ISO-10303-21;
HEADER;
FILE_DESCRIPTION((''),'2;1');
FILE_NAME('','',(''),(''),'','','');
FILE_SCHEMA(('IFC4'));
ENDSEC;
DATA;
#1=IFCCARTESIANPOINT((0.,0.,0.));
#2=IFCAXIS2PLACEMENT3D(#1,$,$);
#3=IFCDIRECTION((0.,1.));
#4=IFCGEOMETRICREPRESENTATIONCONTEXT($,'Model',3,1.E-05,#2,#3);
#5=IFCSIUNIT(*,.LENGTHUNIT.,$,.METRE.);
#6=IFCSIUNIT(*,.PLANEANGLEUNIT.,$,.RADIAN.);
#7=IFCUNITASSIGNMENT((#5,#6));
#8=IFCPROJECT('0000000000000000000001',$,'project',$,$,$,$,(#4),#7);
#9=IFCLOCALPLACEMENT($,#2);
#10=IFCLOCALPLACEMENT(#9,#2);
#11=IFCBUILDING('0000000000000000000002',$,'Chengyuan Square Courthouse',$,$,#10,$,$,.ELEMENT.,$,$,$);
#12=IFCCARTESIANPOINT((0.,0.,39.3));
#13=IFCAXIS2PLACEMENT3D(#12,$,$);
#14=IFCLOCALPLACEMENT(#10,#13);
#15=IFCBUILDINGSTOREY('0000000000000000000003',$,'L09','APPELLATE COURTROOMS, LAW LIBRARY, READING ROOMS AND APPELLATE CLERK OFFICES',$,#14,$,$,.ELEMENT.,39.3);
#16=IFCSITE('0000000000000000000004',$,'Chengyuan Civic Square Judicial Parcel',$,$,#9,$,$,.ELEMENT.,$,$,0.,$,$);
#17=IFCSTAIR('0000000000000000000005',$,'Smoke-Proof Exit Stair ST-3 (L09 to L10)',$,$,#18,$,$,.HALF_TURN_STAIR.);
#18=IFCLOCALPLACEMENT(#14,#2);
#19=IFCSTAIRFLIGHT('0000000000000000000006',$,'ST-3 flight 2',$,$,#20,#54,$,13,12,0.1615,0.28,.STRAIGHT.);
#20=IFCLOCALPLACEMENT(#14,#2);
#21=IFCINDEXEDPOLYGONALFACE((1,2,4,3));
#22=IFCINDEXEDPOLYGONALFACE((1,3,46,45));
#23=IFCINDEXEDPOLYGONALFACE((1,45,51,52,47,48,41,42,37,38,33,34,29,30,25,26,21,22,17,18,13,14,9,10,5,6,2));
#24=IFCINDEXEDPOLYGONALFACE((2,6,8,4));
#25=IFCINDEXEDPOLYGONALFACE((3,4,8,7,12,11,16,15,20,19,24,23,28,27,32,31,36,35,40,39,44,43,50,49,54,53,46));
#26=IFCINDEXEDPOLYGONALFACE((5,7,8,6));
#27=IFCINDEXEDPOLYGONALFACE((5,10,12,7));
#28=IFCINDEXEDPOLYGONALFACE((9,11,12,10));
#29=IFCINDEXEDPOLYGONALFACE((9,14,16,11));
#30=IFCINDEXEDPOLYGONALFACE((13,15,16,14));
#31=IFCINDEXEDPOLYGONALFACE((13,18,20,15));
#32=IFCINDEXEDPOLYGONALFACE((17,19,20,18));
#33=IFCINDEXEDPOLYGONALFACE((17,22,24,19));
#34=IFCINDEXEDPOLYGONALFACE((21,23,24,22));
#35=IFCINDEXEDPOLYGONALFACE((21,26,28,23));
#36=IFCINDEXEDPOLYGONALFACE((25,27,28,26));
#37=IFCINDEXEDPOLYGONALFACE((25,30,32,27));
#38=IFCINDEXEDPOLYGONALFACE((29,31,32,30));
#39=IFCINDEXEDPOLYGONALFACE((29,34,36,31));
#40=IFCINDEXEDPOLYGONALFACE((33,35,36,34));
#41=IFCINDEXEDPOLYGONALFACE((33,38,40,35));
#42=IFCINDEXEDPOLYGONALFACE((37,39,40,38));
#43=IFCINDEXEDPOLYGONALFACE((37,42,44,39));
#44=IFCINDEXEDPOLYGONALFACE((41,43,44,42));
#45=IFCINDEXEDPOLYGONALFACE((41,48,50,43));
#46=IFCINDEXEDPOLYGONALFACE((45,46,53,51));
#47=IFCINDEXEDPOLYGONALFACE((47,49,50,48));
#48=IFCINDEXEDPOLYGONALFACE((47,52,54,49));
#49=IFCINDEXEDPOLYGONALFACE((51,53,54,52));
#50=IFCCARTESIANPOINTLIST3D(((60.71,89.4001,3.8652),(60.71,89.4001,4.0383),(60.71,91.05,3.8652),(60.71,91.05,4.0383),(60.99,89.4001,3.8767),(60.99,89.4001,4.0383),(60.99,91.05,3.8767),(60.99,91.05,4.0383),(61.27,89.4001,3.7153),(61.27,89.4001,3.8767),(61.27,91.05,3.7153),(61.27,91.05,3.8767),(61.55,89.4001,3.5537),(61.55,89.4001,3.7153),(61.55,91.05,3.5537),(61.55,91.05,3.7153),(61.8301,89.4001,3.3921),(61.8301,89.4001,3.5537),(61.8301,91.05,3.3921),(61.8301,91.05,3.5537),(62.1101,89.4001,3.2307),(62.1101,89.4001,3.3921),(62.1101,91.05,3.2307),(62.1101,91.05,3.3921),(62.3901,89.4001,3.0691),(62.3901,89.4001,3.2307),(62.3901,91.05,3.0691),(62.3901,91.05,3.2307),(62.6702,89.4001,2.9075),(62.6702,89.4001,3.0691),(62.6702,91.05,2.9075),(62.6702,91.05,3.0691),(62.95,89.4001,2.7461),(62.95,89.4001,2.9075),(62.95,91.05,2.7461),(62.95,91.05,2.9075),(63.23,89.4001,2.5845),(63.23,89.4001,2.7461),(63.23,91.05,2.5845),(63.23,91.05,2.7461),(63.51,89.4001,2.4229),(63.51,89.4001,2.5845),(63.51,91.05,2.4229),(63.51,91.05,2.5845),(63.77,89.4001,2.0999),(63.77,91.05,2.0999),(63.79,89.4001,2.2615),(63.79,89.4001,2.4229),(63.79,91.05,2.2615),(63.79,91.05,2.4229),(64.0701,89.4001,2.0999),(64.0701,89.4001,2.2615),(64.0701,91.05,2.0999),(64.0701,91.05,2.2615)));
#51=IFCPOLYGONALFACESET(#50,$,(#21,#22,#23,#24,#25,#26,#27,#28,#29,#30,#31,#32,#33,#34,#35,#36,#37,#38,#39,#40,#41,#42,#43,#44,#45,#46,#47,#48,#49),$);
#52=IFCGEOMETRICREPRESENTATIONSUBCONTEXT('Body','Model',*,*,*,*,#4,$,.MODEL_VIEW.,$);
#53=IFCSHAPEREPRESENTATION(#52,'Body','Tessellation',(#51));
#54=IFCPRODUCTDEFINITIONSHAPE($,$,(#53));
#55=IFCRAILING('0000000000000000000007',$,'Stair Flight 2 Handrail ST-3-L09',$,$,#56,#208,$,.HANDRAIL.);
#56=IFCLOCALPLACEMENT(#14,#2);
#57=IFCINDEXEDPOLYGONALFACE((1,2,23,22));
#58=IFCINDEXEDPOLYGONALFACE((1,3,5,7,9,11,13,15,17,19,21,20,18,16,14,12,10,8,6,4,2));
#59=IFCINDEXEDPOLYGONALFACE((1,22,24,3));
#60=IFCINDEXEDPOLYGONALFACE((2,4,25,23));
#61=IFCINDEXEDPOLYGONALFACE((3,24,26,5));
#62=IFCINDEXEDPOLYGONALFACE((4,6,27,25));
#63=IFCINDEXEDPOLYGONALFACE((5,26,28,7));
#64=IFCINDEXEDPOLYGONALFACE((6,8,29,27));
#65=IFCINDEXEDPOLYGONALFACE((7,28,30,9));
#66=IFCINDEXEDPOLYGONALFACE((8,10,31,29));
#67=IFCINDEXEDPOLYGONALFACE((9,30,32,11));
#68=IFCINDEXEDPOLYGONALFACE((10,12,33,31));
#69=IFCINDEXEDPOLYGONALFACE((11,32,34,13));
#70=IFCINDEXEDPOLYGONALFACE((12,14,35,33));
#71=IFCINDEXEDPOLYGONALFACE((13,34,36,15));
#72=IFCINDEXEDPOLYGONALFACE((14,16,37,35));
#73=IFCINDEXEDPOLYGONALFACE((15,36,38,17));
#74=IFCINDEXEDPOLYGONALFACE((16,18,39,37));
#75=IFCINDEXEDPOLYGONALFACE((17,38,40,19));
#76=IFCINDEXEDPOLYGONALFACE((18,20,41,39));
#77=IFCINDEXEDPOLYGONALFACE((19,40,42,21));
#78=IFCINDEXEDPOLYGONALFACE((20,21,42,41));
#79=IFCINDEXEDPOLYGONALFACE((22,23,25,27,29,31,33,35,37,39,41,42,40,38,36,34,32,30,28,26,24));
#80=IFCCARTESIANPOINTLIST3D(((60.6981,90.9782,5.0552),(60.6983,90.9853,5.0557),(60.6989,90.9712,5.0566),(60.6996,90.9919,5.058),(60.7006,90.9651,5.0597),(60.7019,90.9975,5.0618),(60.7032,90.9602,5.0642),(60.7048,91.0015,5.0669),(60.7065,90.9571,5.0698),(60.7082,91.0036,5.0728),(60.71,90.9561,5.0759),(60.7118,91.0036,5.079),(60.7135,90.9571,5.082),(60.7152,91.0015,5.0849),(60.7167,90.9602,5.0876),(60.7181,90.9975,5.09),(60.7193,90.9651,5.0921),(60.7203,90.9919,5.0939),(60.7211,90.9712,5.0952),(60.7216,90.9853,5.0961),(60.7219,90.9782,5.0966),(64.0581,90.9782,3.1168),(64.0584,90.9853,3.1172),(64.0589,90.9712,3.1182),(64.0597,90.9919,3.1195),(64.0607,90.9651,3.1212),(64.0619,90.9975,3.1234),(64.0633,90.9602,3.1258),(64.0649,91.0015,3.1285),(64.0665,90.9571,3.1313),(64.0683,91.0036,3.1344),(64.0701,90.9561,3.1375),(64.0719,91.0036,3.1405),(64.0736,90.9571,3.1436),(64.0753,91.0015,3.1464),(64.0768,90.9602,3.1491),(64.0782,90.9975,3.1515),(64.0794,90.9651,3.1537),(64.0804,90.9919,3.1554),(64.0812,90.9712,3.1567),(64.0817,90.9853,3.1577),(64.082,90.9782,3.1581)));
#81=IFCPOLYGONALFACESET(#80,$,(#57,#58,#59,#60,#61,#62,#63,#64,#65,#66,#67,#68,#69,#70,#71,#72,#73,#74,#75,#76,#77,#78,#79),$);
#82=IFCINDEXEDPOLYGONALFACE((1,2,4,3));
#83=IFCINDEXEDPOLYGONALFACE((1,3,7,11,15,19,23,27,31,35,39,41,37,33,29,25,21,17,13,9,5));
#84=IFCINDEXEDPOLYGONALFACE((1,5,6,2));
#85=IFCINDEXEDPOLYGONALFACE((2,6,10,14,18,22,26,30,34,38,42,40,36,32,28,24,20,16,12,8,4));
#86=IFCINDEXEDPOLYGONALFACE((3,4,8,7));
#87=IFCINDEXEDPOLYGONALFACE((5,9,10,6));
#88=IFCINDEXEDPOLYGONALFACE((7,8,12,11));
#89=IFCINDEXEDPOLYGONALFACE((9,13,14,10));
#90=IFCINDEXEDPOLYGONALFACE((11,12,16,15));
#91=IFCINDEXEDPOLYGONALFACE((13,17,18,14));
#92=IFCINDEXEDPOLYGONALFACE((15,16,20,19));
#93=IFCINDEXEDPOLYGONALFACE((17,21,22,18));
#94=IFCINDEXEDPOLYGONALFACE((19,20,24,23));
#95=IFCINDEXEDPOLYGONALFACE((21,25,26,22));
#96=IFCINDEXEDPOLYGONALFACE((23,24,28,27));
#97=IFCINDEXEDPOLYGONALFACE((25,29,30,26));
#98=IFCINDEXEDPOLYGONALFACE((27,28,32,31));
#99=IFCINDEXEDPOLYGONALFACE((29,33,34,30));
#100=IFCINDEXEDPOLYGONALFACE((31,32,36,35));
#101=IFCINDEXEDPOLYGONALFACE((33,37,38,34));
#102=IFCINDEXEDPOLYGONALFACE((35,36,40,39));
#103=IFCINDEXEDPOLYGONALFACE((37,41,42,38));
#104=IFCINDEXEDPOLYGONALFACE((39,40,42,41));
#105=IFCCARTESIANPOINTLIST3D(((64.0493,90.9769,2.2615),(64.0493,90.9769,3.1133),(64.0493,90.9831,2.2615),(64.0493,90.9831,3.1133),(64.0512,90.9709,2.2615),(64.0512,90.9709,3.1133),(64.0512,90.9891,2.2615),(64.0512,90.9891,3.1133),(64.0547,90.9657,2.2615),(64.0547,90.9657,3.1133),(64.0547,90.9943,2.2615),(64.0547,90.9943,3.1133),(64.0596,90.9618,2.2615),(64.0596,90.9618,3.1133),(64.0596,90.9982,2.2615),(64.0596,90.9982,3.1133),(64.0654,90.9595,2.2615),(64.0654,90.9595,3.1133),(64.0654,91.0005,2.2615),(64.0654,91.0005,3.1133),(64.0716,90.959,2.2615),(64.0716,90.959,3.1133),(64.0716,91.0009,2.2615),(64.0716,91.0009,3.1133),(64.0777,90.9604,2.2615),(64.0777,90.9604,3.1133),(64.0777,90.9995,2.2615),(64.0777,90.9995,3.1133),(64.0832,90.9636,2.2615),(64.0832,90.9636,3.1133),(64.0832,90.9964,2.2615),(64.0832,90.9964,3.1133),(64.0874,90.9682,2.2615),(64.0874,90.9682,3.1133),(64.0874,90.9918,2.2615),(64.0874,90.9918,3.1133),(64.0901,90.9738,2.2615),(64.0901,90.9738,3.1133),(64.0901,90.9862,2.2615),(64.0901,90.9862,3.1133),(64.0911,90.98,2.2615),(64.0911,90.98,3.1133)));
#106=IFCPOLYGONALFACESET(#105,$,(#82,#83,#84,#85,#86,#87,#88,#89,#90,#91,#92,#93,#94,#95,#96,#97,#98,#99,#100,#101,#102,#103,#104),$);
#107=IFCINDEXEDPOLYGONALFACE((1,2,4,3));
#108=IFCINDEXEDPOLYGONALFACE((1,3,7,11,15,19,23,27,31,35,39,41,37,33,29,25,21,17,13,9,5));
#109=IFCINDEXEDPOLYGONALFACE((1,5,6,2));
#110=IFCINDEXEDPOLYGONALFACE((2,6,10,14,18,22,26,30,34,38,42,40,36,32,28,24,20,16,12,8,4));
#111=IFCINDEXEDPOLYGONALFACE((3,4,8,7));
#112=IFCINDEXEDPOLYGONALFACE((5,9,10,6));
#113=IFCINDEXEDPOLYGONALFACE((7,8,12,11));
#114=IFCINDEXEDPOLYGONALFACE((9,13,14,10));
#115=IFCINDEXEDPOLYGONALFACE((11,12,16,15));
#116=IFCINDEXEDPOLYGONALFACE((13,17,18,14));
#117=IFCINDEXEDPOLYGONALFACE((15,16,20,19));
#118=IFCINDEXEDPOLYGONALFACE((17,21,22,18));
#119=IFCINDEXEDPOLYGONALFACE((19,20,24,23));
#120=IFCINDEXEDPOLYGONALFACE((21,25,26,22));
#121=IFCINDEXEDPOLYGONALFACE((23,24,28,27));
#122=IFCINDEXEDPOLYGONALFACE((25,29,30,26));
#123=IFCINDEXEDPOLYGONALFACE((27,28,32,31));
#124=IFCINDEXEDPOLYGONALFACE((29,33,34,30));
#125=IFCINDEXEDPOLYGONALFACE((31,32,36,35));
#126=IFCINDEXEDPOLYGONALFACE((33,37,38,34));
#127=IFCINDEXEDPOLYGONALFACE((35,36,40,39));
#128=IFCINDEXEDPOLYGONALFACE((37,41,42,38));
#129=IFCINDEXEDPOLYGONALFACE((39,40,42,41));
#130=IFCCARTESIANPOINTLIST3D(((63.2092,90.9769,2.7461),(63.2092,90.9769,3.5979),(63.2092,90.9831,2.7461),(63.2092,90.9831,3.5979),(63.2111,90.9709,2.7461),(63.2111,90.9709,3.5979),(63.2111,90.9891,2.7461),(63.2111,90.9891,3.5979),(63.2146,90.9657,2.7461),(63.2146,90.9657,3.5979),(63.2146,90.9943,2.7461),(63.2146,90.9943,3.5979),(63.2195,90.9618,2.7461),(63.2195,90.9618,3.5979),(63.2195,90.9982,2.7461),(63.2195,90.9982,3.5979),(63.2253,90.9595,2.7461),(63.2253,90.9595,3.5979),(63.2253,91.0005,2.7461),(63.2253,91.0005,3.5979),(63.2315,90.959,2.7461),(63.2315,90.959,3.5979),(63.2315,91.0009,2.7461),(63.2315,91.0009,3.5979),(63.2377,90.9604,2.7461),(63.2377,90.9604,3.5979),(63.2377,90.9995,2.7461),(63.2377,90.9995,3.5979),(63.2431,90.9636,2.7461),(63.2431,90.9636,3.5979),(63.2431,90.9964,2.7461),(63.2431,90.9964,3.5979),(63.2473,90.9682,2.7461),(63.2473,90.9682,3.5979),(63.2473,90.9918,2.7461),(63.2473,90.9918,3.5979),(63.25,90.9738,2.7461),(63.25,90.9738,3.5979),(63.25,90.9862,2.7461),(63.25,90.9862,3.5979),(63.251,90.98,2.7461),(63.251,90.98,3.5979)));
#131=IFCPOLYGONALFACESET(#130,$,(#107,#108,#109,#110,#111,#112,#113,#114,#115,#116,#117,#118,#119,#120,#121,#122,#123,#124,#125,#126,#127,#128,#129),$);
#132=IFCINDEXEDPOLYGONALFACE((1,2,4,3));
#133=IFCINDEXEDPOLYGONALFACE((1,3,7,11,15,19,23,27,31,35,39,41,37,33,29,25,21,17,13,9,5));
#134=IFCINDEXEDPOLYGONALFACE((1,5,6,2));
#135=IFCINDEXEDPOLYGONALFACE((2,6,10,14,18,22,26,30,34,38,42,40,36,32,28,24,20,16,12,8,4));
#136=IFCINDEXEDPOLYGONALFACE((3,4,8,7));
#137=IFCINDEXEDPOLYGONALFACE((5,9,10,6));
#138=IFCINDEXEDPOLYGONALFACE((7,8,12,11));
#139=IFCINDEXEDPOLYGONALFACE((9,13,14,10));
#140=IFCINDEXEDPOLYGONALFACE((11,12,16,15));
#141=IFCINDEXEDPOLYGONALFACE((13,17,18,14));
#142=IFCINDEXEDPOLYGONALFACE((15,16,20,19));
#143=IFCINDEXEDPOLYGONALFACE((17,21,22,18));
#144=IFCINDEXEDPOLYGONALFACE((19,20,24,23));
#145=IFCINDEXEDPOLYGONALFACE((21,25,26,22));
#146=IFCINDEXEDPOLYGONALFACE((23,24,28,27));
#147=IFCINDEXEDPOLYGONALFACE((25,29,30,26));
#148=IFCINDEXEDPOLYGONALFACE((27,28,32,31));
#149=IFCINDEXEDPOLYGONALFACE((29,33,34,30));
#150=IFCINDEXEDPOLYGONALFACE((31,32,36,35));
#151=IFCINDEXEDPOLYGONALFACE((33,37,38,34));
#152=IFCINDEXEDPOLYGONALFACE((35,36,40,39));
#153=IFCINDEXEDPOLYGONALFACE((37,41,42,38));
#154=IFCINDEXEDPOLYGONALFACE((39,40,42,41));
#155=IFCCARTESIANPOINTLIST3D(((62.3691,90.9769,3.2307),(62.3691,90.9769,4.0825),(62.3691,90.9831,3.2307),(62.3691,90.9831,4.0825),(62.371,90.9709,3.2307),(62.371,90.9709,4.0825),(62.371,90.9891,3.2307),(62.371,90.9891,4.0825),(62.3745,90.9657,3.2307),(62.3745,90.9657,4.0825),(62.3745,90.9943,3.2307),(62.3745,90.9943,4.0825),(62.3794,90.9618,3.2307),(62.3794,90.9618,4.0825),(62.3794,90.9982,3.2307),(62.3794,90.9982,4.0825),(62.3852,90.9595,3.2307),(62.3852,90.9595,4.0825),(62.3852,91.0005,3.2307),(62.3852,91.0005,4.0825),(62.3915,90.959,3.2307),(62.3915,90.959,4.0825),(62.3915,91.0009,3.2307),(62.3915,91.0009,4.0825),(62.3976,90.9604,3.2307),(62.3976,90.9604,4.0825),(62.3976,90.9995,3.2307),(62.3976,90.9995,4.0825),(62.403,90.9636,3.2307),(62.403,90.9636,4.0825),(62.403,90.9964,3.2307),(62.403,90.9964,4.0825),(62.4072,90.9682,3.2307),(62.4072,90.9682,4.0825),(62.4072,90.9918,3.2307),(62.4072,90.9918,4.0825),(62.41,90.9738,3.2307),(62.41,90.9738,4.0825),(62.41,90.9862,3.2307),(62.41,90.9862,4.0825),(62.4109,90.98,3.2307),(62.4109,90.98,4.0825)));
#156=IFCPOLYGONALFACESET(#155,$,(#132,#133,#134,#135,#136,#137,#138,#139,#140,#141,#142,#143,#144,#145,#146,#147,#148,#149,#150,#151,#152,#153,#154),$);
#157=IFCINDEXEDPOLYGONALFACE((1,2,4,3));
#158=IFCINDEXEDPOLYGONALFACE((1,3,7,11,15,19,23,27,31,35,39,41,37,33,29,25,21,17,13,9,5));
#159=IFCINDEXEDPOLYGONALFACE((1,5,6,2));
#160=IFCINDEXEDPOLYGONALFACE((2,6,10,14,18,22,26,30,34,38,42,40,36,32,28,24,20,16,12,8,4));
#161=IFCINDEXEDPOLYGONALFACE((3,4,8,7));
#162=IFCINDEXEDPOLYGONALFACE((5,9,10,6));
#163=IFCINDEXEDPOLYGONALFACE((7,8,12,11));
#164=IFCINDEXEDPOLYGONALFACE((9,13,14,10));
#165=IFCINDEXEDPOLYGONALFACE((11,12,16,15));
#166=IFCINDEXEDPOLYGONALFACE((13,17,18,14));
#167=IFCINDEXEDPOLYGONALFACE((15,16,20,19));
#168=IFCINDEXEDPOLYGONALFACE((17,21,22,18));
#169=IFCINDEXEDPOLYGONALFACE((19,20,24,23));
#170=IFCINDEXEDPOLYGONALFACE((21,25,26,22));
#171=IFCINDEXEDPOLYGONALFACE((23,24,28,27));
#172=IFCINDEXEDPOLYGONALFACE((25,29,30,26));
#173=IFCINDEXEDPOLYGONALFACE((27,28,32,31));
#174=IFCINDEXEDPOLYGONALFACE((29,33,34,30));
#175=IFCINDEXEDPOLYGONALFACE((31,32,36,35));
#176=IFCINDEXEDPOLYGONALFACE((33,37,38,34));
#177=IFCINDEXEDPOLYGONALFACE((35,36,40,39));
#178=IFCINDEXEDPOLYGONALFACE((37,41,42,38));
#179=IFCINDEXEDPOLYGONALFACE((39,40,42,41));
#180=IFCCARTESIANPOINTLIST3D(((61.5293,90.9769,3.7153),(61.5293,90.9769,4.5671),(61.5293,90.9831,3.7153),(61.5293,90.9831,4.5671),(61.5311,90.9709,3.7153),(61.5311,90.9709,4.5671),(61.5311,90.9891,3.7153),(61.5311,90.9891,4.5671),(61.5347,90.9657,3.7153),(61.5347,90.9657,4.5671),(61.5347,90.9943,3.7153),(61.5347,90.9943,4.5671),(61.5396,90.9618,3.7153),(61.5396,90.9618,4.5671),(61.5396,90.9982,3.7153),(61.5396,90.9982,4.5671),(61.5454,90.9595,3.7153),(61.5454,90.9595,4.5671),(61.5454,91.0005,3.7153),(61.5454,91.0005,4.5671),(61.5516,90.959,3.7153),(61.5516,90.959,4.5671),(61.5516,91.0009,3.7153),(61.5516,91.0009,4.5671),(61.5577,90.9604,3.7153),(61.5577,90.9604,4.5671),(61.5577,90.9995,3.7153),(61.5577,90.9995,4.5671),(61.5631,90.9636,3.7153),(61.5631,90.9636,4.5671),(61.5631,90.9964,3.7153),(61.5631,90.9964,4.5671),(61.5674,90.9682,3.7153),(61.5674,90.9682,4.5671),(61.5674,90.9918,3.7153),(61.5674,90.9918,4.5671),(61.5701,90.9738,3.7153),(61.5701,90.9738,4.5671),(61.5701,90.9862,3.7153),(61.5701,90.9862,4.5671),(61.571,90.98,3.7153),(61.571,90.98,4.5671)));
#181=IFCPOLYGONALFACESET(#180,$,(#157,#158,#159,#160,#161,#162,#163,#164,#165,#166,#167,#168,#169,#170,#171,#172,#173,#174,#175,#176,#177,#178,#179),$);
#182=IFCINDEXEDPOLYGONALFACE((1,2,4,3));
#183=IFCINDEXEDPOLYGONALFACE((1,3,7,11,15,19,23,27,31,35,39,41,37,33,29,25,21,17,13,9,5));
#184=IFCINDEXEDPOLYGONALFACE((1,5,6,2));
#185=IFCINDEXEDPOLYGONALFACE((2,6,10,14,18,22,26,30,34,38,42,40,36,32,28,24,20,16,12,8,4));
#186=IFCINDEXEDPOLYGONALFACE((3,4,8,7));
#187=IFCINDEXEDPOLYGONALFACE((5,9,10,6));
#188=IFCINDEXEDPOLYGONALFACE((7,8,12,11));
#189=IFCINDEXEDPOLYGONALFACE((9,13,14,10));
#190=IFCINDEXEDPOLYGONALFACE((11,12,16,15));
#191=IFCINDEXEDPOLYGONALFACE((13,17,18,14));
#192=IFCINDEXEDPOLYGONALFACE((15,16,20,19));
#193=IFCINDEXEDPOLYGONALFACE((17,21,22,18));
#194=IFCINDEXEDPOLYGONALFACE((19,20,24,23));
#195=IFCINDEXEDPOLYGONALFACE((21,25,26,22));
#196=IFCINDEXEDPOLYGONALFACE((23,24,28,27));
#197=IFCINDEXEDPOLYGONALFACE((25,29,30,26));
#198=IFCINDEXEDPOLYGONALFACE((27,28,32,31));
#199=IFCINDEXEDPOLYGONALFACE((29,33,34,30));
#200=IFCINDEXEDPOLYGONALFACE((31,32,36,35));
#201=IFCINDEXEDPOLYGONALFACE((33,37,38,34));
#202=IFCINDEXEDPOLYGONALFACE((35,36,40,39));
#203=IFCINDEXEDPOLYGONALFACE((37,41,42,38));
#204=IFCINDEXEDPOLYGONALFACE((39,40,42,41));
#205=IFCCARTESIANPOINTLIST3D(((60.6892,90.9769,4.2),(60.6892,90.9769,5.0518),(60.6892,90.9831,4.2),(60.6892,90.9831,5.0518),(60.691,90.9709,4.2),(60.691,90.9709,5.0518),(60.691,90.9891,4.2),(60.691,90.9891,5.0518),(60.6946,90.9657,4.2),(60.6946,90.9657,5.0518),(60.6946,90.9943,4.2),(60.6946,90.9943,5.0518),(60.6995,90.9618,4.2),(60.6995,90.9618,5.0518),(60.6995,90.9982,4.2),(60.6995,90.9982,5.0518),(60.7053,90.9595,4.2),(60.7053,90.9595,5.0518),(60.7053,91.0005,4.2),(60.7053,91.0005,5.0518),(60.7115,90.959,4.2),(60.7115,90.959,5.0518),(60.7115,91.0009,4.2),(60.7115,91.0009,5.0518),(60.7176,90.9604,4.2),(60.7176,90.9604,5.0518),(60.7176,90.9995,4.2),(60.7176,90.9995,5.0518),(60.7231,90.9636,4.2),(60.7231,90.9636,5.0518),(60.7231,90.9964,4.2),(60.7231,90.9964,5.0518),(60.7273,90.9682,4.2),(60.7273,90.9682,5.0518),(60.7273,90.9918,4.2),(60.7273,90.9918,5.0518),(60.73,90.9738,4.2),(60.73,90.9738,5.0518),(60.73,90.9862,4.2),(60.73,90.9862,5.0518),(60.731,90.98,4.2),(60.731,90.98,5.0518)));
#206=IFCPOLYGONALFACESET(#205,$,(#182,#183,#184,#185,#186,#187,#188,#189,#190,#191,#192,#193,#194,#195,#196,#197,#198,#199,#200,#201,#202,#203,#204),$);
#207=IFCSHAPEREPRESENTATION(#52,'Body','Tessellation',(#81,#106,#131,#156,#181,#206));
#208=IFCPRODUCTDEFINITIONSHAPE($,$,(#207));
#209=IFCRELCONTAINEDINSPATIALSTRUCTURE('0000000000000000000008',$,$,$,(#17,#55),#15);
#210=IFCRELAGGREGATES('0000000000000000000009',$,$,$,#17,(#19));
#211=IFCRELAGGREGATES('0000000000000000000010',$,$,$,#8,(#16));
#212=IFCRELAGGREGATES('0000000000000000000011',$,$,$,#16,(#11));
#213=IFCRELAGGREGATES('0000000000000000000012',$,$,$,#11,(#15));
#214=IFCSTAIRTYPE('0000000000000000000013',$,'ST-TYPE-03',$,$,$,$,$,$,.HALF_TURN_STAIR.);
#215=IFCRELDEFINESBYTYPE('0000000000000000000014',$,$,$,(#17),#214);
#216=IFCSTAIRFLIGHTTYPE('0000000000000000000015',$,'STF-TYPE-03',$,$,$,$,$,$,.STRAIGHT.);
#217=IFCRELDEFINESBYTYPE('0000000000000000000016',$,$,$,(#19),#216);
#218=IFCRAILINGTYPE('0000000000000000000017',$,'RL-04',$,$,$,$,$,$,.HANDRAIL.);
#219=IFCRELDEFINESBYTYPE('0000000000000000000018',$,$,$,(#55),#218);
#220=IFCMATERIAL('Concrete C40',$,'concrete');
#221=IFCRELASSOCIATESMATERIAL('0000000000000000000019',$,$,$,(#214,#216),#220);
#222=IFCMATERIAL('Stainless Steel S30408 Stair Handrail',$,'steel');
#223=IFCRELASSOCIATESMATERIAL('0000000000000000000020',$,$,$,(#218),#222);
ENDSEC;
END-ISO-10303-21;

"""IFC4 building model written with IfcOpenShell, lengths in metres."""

from ifc_helpers import new_model, si_unit, direction, frame, origin, origin_2d, place, context, subcontext, project, spatial, polyline, circle, outline, extrude, material, type_object, element, aggregate, save


model = new_model("IFC4")

# Units and contexts
model_context = context("Model", 3, precision=1e-05, world=origin(), true_north=direction((0.0, 1.0)))
body_context = subcontext(model_context, "Body", "Model", "MODEL_VIEW")
ifc_project = project(units=[si_unit("LENGTHUNIT", "METRE"), si_unit("PLANEANGLEUNIT", "RADIAN")], contexts=[model_context])

# Site, building, storey
site_placement = place(None, origin())
site = spatial("IfcSite", under=ifc_project, at=site_placement, Name="Chengyuan Civic Square Judicial Parcel", CompositionType="ELEMENT", RefElevation=0.0)
building_placement = place(site_placement, origin())
building = spatial("IfcBuilding", under=site, at=building_placement, Name="Chengyuan Square Courthouse", CompositionType="ELEMENT")
storey_placement = place(building_placement, frame((0.0, 0.0, 39.3)))
storey = spatial("IfcBuildingStorey", under=building, at=storey_placement, Name="L09", Description="APPELLATE COURTROOMS, LAW LIBRARY, READING ROOMS AND APPELLATE CLERK OFFICES", CompositionType="ELEMENT", Elevation=39.3)

# Shared definitions
ifc_material_1 = material(Name="Concrete C40", Category="concrete")

# Stair, stair flight
stair_type = type_object("IfcStairType", Name="ST-TYPE-03", PredefinedType="HALF_TURN_STAIR", material=ifc_material_1)
stair_placement = place(storey_placement, origin())
stair = element("IfcStair", 1, at=stair_placement, inside=storey, type_object=stair_type, Name="Smoke-Proof Exit Stair ST-3 (L09 to L10)", PredefinedType="HALF_TURN_STAIR")
stair_flight_type = type_object("IfcStairFlightType", Name="STF-TYPE-03", PredefinedType="STRAIGHT", material=ifc_material_1)
stair_flight_placement = place(storey_placement, frame((64.0701, 90.2251, 2.0999), z_axis=(0.0, 0.0, 1.0), x_axis=(-1.0, 0.0, 0.0)))
stair_flight = element("IfcStairFlight", 2, at=stair_flight_placement, type_object=stair_flight_type, Name="ST-3 flight 2", NumberOfRisers=13, NumberOfTreads=12, PredefinedType="STRAIGHT", RiserHeight=0.1615, TreadLength=0.28, context=body_context, shape_type="SweptSolid", body=[
    extrude(outline(polyline([(0.0, 0.0), (0.0, 0.1616), (0.28, 0.1616), (0.28, 0.323), (0.5601, 0.323), (0.5601, 0.4846), (0.8401, 0.4846), (0.8401, 0.6462), (1.1201, 0.6462), (1.1201, 0.8076), (1.3999, 0.8076), (1.3999, 0.9692), (1.6799, 0.9692), (1.6799, 1.1309), (1.96, 1.1309), (1.96, 1.2922), (2.24, 1.2922), (2.24, 1.4539), (2.52, 1.4539), (2.52, 1.6155), (2.8, 1.6155), (2.8, 1.7769), (3.0801, 1.7769), (3.0801, 1.9385), (3.3601, 1.9385), (3.3601, 2.1001), (3.3601, 1.7654), (0.3, 0.0), (0.0, 0.0)])), frame((0.0, 0.825, 0.0), z_axis=(0.0, -1.0, 0.0), x_axis=(1.0, 0.0, 0.0)), (0.0, 0.0, 1.0), 1.6499),
])
aggregate(stair, [stair_flight])

# Railing
ifc_material_2 = material(Name="Stainless Steel S30408 Stair Handrail", Category="steel")
railing_type = type_object("IfcRailingType", Name="RL-04", PredefinedType="HANDRAIL", material=ifc_material_2)
railing_placement = place(storey_placement, frame((64.0701, 90.98, 2.2615)))
element("IfcRailing", 3, at=railing_placement, inside=storey, type_object=railing_type, Name="Stair Flight 2 Handrail ST-3-L09", PredefinedType="HANDRAIL", context=body_context, shape_type="SweptSolid", body=[
    extrude(circle(Radius=0.0239, at=origin_2d()), frame((0.0, 0.0, 0.876), z_axis=(-0.866191, 0.0, 0.499713), x_axis=(0.0, -1.0, 0.0)), (0.0, 0.0, 1.0), 3.8792),
    extrude(circle(Radius=0.021, at=origin_2d()), origin(), (0.0, 0.0, 1.0), 0.8518),
    extrude(circle(Radius=0.021, at=origin_2d()), frame((-0.8401, 0.0, 0.4846)), (0.0, 0.0, 1.0), 0.8518),
    extrude(circle(Radius=0.021, at=origin_2d()), frame((-1.6802, 0.0, 0.9692)), (0.0, 0.0, 1.0), 0.8518),
    extrude(circle(Radius=0.021, at=origin_2d()), frame((-2.52, 0.0, 1.4539)), (0.0, 0.0, 1.0), 0.8518),
    extrude(circle(Radius=0.021, at=origin_2d()), frame((-3.3601, 0.0, 1.9385)), (0.0, 0.0, 1.0), 0.8518),
])

save(model, "model.ifc")
